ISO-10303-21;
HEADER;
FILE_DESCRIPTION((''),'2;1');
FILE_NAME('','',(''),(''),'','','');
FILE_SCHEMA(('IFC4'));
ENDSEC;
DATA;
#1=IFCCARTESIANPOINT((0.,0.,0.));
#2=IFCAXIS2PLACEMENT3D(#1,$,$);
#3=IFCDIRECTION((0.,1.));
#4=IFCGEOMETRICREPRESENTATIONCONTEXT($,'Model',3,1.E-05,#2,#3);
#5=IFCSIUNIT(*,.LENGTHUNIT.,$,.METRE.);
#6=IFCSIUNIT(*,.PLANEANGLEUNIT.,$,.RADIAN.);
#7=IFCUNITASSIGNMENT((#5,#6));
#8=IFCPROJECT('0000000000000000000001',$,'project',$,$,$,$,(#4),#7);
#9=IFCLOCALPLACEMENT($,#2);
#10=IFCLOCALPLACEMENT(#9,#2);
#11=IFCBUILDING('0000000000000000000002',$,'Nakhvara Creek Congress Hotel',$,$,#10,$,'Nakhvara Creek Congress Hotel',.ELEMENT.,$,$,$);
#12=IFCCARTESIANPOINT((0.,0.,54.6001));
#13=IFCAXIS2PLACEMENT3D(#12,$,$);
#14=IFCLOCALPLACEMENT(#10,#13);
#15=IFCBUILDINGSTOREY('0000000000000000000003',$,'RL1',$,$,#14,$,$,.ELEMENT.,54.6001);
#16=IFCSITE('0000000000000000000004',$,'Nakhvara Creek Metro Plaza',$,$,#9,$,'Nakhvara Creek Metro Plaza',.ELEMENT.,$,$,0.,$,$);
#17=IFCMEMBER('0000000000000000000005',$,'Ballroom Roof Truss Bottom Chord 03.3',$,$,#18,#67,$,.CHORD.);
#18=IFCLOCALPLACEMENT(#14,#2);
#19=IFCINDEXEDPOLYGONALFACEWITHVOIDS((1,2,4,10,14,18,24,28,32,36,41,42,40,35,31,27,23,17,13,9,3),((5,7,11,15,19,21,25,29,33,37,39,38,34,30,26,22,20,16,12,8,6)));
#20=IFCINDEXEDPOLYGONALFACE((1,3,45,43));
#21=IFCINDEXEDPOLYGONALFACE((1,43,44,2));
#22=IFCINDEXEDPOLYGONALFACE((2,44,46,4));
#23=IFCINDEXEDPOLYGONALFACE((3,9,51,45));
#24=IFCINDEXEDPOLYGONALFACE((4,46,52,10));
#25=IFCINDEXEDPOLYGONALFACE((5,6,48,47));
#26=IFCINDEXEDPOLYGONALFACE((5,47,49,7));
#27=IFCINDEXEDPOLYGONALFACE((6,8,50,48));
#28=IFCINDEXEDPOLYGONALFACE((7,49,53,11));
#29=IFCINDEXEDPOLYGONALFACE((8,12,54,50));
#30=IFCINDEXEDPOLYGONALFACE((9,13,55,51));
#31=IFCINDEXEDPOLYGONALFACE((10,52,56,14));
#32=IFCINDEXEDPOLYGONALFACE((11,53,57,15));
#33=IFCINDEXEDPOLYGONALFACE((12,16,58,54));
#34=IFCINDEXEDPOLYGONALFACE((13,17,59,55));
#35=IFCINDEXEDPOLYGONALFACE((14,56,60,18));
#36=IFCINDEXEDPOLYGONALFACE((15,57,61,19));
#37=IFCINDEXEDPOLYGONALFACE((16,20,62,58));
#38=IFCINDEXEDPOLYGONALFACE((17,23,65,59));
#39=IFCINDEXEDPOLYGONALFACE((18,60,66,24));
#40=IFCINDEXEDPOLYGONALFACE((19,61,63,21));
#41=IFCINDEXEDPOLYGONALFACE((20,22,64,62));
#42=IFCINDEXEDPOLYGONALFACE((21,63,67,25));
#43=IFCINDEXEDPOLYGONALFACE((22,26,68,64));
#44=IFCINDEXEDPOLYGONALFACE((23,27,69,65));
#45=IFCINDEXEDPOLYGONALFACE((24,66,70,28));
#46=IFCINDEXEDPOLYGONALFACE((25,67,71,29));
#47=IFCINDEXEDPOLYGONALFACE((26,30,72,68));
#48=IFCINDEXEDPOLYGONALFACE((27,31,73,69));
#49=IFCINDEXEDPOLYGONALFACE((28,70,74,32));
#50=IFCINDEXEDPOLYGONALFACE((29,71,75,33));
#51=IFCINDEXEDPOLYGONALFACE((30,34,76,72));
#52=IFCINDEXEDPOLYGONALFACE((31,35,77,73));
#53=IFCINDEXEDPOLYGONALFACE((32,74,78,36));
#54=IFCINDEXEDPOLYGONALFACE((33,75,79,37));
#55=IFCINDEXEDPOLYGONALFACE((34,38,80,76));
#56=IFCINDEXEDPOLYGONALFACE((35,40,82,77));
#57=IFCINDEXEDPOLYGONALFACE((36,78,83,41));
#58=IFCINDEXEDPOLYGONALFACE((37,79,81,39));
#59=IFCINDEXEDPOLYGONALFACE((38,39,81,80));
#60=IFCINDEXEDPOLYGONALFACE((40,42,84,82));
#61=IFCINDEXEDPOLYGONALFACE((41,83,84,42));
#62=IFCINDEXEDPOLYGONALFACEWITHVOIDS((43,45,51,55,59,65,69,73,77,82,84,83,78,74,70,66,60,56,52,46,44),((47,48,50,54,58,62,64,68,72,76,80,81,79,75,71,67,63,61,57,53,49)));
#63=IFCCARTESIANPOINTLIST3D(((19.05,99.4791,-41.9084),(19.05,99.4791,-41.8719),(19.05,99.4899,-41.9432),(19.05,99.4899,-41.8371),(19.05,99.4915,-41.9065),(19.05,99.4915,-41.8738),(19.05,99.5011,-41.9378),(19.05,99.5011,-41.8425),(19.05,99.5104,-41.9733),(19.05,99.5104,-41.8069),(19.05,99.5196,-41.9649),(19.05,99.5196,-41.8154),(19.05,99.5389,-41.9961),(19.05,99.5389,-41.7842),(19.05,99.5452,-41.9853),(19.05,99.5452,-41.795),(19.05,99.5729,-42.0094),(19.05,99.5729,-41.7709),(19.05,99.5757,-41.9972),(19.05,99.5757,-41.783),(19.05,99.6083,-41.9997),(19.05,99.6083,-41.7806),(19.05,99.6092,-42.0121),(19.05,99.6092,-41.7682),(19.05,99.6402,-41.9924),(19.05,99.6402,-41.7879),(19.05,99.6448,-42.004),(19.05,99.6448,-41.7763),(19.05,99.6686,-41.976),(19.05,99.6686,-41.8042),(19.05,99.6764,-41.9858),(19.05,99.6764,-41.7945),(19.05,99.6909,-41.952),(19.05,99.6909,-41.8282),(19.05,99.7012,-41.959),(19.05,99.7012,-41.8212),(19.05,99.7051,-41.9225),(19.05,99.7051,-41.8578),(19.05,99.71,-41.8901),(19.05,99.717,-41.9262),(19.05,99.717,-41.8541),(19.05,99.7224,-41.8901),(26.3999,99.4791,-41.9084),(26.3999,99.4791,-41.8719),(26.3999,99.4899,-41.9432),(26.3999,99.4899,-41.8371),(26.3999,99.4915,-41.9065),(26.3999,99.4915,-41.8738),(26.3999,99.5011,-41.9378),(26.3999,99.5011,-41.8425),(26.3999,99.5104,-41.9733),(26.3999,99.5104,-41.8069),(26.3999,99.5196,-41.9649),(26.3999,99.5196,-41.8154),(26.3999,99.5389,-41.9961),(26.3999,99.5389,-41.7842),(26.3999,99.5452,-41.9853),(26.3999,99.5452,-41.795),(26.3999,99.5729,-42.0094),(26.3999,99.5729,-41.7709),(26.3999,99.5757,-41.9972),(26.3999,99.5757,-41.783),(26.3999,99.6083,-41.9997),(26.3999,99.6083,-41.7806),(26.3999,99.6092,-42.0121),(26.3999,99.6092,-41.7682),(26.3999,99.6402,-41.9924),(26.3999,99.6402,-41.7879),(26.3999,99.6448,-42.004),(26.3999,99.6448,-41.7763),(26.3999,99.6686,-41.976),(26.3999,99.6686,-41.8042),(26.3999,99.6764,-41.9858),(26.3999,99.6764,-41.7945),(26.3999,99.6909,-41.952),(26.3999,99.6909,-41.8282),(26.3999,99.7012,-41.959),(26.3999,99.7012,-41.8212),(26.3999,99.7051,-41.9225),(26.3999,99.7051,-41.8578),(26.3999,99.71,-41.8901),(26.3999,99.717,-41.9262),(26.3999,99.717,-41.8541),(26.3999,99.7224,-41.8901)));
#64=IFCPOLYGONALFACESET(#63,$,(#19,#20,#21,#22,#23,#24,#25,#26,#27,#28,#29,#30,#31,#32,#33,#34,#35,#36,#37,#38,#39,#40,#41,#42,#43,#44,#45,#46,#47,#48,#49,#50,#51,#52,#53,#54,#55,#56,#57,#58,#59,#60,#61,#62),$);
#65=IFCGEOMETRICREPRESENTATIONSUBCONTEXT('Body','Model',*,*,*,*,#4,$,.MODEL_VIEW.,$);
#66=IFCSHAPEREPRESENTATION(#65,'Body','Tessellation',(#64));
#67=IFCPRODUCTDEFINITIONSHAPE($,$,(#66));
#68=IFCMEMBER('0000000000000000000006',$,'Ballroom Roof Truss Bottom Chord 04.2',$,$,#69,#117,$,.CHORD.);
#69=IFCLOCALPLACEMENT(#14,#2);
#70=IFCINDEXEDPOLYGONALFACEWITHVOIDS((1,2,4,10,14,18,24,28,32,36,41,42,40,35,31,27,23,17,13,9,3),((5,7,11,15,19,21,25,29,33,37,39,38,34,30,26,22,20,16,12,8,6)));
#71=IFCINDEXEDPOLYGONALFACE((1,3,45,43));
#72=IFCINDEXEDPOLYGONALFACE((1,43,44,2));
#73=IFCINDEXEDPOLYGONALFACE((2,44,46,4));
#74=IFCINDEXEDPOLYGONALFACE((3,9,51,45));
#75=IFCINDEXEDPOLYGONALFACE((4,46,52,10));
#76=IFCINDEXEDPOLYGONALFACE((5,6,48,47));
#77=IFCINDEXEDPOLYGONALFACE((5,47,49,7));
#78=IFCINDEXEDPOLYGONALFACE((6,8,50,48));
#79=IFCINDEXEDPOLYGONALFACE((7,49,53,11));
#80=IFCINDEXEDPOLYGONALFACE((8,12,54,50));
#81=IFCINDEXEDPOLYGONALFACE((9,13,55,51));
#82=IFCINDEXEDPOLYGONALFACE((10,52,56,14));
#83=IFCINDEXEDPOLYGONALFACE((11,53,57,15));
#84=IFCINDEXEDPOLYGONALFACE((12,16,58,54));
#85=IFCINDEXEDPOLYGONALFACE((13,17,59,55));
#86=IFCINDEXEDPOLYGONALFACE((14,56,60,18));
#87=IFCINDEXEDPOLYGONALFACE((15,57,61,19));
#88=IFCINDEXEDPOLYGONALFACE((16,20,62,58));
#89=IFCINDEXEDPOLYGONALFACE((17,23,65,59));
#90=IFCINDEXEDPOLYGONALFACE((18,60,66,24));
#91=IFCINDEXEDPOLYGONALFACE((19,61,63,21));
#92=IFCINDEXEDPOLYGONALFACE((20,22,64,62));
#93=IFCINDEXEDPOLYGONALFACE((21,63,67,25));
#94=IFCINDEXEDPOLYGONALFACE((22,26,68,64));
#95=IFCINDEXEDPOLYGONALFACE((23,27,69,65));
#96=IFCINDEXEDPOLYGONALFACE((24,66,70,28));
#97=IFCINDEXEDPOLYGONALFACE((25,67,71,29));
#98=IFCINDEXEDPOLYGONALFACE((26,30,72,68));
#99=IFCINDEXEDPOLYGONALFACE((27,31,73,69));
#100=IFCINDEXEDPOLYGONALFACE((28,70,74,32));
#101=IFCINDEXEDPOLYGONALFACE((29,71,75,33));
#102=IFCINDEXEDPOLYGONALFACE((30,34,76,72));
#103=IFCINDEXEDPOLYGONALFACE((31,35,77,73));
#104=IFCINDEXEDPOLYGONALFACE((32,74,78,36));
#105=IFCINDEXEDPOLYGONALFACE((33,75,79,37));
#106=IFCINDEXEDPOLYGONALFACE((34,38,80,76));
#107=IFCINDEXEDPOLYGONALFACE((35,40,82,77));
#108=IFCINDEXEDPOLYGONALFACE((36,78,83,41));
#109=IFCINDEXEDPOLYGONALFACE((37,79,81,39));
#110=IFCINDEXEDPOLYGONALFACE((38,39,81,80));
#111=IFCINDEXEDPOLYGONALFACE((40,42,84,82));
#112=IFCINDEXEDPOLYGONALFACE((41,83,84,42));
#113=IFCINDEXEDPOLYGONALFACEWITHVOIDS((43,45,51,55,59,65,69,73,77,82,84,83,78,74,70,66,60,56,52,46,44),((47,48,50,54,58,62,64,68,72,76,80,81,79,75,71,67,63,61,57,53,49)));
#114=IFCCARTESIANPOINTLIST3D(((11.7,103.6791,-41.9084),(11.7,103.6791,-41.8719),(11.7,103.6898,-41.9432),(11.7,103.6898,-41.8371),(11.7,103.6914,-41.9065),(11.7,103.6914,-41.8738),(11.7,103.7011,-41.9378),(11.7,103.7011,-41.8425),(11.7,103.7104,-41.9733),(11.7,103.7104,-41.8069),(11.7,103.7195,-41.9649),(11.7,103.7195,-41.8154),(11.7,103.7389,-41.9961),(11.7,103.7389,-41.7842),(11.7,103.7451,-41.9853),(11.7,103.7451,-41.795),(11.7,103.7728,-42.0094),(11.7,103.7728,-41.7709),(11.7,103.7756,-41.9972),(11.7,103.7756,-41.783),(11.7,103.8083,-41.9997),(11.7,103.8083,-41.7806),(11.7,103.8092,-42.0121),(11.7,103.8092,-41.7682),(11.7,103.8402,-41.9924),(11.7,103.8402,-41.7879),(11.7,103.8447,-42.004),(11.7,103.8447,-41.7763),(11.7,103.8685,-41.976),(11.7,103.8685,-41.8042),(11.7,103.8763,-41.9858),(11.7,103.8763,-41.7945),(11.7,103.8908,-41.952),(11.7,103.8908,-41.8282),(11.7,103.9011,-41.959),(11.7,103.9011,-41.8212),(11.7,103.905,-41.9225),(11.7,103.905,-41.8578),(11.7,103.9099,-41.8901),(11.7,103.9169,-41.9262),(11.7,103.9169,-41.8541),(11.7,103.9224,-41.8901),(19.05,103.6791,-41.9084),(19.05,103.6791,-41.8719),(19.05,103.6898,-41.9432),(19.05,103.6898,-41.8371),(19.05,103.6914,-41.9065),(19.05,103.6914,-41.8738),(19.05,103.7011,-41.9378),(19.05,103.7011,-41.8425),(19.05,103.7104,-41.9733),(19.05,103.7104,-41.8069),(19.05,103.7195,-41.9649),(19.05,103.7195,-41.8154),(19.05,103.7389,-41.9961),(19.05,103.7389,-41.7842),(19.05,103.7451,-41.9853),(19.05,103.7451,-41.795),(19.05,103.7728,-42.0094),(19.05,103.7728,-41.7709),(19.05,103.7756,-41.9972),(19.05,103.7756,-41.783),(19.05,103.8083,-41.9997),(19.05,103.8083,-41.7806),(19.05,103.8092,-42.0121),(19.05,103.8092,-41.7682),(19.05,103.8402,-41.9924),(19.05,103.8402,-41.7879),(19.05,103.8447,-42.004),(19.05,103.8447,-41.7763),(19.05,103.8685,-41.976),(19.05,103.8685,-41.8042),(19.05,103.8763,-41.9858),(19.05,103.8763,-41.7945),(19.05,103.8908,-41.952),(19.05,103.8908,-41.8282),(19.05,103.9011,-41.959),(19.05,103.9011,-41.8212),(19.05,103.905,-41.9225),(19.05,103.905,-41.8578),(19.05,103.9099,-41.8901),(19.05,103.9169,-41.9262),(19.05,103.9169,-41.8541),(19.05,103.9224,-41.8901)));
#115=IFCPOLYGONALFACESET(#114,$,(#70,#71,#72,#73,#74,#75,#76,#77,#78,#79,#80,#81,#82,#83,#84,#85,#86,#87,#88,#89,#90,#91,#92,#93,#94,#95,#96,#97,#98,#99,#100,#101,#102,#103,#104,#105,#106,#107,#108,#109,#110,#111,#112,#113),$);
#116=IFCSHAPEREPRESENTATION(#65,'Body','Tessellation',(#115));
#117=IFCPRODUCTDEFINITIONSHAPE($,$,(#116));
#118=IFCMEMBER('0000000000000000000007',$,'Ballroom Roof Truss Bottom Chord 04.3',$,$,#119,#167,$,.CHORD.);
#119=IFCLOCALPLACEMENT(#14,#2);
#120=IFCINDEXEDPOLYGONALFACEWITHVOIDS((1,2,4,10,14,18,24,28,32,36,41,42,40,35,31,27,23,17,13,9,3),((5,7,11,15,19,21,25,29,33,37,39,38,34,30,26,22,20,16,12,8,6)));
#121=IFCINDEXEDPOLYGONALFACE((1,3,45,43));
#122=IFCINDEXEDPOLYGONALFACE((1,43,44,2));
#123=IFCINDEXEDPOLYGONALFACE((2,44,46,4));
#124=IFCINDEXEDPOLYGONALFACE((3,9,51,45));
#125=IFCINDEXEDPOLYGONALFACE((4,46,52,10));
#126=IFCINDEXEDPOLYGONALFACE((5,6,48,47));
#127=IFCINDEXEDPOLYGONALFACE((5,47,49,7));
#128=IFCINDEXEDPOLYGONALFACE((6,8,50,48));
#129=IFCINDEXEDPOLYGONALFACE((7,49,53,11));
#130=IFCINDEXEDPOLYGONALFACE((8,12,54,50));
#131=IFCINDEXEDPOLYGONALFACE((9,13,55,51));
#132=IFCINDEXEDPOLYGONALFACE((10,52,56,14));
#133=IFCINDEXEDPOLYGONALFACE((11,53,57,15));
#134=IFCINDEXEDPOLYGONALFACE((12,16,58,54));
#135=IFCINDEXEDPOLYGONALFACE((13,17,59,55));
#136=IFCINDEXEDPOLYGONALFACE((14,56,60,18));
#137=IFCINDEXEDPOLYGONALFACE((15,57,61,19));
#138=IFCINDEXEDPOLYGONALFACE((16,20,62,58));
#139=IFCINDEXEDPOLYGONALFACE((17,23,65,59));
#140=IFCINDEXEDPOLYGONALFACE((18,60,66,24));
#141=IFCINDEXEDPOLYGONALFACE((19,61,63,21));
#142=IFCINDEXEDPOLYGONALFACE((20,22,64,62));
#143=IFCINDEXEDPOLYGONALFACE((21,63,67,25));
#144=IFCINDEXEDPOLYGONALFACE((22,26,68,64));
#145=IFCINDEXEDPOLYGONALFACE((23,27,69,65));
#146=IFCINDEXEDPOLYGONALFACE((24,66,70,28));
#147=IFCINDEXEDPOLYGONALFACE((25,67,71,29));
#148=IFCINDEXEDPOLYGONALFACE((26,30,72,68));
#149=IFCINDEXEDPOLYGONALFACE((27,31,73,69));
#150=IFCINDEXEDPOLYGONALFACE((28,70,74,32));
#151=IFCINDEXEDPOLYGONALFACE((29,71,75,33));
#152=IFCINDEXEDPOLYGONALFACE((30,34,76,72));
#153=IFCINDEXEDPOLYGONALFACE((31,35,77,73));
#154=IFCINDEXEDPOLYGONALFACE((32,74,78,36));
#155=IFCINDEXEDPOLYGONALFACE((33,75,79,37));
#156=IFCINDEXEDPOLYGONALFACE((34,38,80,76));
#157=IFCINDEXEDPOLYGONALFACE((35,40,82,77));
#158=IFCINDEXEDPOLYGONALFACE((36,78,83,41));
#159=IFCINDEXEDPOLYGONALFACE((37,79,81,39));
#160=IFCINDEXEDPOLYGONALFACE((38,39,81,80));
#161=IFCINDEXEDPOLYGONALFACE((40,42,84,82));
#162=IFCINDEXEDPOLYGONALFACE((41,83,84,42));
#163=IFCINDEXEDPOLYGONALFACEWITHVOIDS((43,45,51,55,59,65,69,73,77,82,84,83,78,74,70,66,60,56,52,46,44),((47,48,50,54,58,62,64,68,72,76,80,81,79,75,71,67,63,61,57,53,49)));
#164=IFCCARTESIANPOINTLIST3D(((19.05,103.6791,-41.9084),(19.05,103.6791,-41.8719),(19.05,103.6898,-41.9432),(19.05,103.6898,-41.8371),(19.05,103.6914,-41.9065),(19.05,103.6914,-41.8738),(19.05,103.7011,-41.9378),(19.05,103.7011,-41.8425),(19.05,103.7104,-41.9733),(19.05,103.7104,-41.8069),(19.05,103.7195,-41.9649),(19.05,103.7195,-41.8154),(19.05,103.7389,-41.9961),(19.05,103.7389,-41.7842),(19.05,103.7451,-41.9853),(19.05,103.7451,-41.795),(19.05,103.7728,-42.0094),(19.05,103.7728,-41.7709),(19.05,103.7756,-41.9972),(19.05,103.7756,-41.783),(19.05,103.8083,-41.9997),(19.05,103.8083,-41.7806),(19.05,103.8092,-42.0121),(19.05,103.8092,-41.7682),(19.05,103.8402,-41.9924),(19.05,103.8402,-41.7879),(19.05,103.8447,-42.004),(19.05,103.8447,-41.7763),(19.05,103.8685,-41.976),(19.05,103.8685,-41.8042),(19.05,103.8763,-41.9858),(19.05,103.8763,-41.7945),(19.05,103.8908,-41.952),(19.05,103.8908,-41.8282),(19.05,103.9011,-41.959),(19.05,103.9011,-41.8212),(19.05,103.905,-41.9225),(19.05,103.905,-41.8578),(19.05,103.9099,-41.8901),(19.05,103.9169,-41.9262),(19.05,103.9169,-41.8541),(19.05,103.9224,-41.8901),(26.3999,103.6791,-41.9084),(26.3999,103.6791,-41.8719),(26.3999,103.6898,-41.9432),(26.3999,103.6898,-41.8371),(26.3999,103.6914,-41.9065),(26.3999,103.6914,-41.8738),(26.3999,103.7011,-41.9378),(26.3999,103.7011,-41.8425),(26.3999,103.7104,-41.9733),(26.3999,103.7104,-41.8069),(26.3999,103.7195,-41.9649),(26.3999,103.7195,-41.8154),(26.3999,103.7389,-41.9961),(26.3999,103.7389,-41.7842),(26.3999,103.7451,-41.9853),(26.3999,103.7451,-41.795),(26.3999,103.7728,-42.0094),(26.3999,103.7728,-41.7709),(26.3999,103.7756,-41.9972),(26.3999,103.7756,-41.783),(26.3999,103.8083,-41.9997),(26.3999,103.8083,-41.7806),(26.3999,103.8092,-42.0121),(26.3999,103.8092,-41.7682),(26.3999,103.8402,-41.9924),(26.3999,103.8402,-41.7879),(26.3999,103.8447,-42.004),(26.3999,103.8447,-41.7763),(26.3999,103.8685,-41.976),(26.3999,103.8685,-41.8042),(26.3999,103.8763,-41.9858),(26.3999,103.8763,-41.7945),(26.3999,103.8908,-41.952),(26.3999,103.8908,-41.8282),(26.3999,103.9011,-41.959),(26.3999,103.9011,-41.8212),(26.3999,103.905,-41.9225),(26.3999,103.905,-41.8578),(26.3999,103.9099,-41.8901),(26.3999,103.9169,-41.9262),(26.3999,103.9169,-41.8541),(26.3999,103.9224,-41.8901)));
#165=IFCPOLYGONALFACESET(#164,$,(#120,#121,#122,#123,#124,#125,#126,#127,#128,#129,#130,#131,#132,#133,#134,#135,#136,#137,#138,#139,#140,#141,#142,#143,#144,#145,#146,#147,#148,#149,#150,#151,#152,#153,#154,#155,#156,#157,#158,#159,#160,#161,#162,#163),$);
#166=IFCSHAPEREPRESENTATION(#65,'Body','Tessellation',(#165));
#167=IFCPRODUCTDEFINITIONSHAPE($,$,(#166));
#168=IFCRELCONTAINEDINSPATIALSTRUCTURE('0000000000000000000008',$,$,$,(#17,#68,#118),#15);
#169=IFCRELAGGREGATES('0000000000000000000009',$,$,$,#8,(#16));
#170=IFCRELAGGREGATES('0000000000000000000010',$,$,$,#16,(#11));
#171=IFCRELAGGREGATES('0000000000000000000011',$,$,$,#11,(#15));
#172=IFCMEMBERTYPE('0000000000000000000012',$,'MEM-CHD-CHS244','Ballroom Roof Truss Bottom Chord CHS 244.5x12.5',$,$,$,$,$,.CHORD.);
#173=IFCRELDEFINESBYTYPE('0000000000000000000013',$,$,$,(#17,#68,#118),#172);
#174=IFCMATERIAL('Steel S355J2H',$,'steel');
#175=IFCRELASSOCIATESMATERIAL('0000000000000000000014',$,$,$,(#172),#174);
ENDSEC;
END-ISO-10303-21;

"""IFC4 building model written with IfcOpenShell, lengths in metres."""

from ifc_helpers import new_model, si_unit, direction, frame, origin, origin_2d, place, context, subcontext, project, spatial, hollow_circle, extrude, material, material_profile, profile_set, type_object, element, save


model = new_model("IFC4")

# Units and contexts
model_context = context("Model", 3, precision=1e-05, world=origin(), true_north=direction((0.0, 1.0)))
body_context = subcontext(model_context, "Body", "Model", "MODEL_VIEW")
ifc_project = project(units=[si_unit("LENGTHUNIT", "METRE"), si_unit("PLANEANGLEUNIT", "RADIAN")], contexts=[model_context])

# Site, building, storey
site_placement = place(None, origin())
site = spatial("IfcSite", under=ifc_project, at=site_placement, Name="Nakhvara Creek Metro Plaza", LongName="Nakhvara Creek Metro Plaza", CompositionType="ELEMENT", RefElevation=0.0)
building_placement = place(site_placement, origin())
building = spatial("IfcBuilding", under=site, at=building_placement, Name="Nakhvara Creek Congress Hotel", LongName="Nakhvara Creek Congress Hotel", CompositionType="ELEMENT")
storey_placement = place(building_placement, frame((0.0, 0.0, 54.6001)))
storey = spatial("IfcBuildingStorey", under=building, at=storey_placement, Name="RL1", CompositionType="ELEMENT", Elevation=54.6001)

# Members
ifc_material_1 = material(Name="Steel S355J2H", Category="steel")
ifc_material_profile_1 = material_profile(ifc_material_1, hollow_circle(Radius=0.1223, WallThickness=0.0125, at=origin_2d()), Name="CHS 244.5x12.5", Category="LoadBearing")
ifc_profile_set_1 = profile_set([ifc_material_profile_1], Name="Steel S355J2H")
member_type_1 = type_object("IfcMemberType", Name="MEM-CHD-CHS244", Description="Ballroom Roof Truss Bottom Chord CHS 244.5x12.5", PredefinedType="CHORD", material=ifc_profile_set_1)
member_1_placement = place(storey_placement, frame((19.05, 99.6001, -41.8901), z_axis=(1.0, 0.0, 0.0), x_axis=(0.0, 1.0, 0.0)))
element("IfcMember", 1, at=member_1_placement, inside=storey, type_object=member_type_1, Name="Ballroom Roof Truss Bottom Chord 03.3", PredefinedType="CHORD", context=body_context, shape_type="SweptSolid", body=[
    extrude(hollow_circle(Radius=0.1223, WallThickness=0.0125, at=origin_2d()), origin(), (0.0, 0.0, 1.0), 7.3499),
])
member_2_placement = place(storey_placement, frame((11.7, 103.8, -41.8901), z_axis=(1.0, 0.0, 0.0), x_axis=(0.0, 1.0, 0.0)))
element("IfcMember", 2, at=member_2_placement, inside=storey, type_object=member_type_1, Name="Ballroom Roof Truss Bottom Chord 04.2", PredefinedType="CHORD", context=body_context, shape_type="SweptSolid", body=[
    extrude(hollow_circle(Radius=0.1223, WallThickness=0.0125, at=origin_2d()), origin(), (0.0, 0.0, 1.0), 7.3501),
])
member_3_placement = place(storey_placement, frame((19.05, 103.8, -41.8901), z_axis=(1.0, 0.0, 0.0), x_axis=(0.0, 1.0, 0.0)))
element("IfcMember", 3, at=member_3_placement, inside=storey, type_object=member_type_1, Name="Ballroom Roof Truss Bottom Chord 04.3", PredefinedType="CHORD", context=body_context, shape_type="SweptSolid", body=[
    extrude(hollow_circle(Radius=0.1223, WallThickness=0.0125, at=origin_2d()), origin(), (0.0, 0.0, 1.0), 7.3499),
])

save(model, "model.ifc")
